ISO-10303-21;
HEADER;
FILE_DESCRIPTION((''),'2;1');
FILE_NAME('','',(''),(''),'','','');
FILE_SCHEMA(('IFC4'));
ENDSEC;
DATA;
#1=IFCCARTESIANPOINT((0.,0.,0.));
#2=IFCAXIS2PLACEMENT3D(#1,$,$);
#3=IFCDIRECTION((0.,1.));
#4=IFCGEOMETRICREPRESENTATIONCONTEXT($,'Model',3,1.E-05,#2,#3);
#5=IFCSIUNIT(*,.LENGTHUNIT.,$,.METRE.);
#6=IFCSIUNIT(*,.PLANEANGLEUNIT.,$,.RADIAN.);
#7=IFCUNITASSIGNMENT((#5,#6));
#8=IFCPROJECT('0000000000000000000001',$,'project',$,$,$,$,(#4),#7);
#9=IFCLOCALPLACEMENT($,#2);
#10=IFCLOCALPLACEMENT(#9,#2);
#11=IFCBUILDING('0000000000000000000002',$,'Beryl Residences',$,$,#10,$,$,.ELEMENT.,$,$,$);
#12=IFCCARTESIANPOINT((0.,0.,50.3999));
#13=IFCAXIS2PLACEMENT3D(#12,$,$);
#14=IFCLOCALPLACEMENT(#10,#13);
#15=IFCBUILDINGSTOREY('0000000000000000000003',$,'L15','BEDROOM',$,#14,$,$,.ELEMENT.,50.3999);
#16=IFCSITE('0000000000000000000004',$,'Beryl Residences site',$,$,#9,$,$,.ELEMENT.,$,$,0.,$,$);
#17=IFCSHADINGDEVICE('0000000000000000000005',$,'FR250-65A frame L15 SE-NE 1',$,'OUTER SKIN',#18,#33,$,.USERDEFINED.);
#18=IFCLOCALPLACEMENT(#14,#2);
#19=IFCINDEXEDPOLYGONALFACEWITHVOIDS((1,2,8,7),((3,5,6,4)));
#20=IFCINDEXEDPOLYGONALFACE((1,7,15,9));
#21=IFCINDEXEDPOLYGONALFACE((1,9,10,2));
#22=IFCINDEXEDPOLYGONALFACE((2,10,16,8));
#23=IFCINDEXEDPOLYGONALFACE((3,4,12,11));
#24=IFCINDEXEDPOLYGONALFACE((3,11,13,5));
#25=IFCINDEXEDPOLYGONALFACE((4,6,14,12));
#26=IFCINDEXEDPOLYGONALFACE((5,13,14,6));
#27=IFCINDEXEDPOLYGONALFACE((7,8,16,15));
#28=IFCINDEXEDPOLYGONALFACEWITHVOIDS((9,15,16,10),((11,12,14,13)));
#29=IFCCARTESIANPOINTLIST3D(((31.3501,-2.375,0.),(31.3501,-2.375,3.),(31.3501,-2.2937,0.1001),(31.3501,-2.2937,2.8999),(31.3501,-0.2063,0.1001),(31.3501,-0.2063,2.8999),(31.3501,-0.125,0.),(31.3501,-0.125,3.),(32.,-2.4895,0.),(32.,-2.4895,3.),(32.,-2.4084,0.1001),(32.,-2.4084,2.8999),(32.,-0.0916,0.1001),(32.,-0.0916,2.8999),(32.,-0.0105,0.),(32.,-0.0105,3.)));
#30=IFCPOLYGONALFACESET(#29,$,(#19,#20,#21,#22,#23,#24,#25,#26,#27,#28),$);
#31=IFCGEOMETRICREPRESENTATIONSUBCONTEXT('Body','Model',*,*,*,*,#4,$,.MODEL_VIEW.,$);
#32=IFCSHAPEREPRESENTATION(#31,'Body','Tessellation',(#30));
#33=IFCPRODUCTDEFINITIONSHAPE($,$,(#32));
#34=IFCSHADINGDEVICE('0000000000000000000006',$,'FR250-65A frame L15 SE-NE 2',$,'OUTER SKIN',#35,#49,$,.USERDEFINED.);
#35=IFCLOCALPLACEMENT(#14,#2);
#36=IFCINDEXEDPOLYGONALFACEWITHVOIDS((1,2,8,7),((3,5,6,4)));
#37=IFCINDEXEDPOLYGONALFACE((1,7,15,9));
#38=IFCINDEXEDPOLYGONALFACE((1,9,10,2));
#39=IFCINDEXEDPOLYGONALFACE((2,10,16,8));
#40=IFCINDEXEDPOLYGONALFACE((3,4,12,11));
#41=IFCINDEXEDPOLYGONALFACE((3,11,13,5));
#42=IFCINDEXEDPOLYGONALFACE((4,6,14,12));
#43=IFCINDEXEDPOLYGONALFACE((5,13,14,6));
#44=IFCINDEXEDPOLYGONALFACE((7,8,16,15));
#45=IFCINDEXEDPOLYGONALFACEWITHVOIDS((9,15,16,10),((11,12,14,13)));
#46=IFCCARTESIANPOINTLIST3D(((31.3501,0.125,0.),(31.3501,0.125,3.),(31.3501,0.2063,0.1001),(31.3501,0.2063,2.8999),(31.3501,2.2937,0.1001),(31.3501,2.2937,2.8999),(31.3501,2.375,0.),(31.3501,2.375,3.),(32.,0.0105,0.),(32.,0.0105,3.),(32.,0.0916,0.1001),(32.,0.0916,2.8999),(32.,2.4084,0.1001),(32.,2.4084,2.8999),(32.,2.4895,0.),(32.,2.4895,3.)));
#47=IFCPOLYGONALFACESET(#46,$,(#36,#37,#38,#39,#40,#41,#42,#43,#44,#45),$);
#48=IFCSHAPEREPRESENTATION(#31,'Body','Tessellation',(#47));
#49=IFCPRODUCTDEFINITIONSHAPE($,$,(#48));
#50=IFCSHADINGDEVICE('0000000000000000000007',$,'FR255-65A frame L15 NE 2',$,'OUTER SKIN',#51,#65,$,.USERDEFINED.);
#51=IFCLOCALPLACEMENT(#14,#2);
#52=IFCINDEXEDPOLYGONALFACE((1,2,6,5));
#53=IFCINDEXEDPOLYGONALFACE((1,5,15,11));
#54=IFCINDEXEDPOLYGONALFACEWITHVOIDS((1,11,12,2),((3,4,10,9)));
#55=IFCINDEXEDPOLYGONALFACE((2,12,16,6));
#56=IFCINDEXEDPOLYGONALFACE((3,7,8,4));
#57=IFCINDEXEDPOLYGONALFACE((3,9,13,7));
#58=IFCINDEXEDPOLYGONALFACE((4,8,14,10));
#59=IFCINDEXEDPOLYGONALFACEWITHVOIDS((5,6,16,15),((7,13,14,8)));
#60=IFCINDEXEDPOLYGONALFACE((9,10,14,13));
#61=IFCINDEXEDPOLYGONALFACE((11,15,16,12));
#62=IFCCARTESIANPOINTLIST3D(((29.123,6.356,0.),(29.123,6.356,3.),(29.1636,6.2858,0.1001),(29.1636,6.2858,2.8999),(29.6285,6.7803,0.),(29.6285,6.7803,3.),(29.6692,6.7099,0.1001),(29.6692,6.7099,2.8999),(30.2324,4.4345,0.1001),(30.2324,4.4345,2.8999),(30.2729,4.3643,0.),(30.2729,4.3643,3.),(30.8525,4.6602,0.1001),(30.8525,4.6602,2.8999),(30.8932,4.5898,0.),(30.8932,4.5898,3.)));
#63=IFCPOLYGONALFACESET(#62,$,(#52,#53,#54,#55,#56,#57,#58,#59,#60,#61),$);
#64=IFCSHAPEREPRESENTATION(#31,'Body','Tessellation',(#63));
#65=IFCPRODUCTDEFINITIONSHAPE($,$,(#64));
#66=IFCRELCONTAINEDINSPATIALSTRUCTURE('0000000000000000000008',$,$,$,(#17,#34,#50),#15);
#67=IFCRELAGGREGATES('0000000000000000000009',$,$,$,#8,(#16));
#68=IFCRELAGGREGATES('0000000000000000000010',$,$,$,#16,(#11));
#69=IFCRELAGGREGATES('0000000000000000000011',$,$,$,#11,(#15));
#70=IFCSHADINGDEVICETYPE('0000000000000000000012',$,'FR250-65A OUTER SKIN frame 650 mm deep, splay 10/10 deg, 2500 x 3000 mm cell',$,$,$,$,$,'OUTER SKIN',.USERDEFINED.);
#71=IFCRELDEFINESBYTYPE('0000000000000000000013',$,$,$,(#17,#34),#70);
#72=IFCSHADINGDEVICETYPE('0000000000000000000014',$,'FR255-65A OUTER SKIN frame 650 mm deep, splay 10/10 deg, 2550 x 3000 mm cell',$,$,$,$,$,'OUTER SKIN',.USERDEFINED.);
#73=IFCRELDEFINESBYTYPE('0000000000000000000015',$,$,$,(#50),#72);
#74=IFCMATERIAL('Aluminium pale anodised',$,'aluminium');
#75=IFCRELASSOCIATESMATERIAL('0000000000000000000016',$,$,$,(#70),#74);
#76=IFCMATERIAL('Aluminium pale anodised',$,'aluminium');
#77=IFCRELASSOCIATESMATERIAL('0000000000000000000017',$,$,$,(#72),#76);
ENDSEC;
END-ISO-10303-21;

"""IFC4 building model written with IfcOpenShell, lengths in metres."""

from ifc_helpers import new_model, entity, si_unit, direction, frame, origin, place, context, subcontext, project, spatial, source, transform, mapped, material, type_object, type_shapes, element, save


model = new_model("IFC4")

# Units and contexts
model_context = context("Model", 3, precision=1e-05, world=origin(), true_north=direction((0.0, 1.0)))
body_context = subcontext(model_context, "Body", "Model", "MODEL_VIEW")
ifc_project = project(units=[si_unit("LENGTHUNIT", "METRE"), si_unit("PLANEANGLEUNIT", "RADIAN")], contexts=[model_context])

# Site, building, storey
site_placement = place(None, origin())
site = spatial("IfcSite", under=ifc_project, at=site_placement, Name="Beryl Residences site", CompositionType="ELEMENT", RefElevation=0.0)
building_placement = place(site_placement, origin())
building = spatial("IfcBuilding", under=site, at=building_placement, Name="Beryl Residences", CompositionType="ELEMENT")
storey_placement = place(building_placement, frame((0.0, 0.0, 50.3999)))
storey = spatial("IfcBuildingStorey", under=building, at=storey_placement, Name="L15", Description="BEDROOM", CompositionType="ELEMENT", Elevation=50.3999)

# Shading devices
ifc_material_1 = material(Name="Aluminium pale anodised", Category="aluminium")
shading_device_type_1 = type_object("IfcShadingDeviceType", Name="FR250-65A OUTER SKIN frame 650 mm deep, splay 10/10 deg, 2500 x 3000 mm cell", ElementType="OUTER SKIN", PredefinedType="USERDEFINED", material=ifc_material_1)
cartesian_point_1 = entity("IfcCartesianPoint", [-1.125, 0.0])
cartesian_point_2 = entity("IfcCartesianPoint", [-1.0437, 0.1001])
cartesian_point_3 = entity("IfcCartesianPoint", [-1.2395, 0.0])
cartesian_point_4 = entity("IfcCartesianPoint", [-1.1584, 0.1001])
shared_shape_1 = source(origin(), body_context, "Body", "SweptSolid", [
    entity("IfcExtrudedAreaSolidTapered", entity("IfcArbitraryProfileDefWithVoids", "AREA", None, entity("IfcPolyline", [cartesian_point_1, entity("IfcCartesianPoint", [1.125, 0.0]), entity("IfcCartesianPoint", [1.125, 3.0]), entity("IfcCartesianPoint", [-1.125, 3.0]), cartesian_point_1]), [entity("IfcPolyline", [cartesian_point_2, entity("IfcCartesianPoint", [1.0437, 0.1001]), entity("IfcCartesianPoint", [1.0437, 2.8999]), entity("IfcCartesianPoint", [-1.0437, 2.8999]), cartesian_point_2])]), entity("IfcAxis2Placement3D", entity("IfcCartesianPoint", [0.0, 0.0, 0.0]), entity("IfcDirection", [0.0, 1.0, 0.0]), entity("IfcDirection", [-1.0, 0.0, 0.0])), entity("IfcDirection", [0.0, 0.0, 1.0]), 0.6499, entity("IfcArbitraryProfileDefWithVoids", "AREA", None, entity("IfcPolyline", [cartesian_point_3, entity("IfcCartesianPoint", [1.2395, 0.0]), entity("IfcCartesianPoint", [1.2395, 3.0]), entity("IfcCartesianPoint", [-1.2395, 3.0]), cartesian_point_3]), [entity("IfcPolyline", [cartesian_point_4, entity("IfcCartesianPoint", [1.1584, 0.1001]), entity("IfcCartesianPoint", [1.1584, 2.8999]), entity("IfcCartesianPoint", [-1.1584, 2.8999]), cartesian_point_4])])),
])
type_shapes(shading_device_type_1, [shared_shape_1])
for number, where, z_axis, x_axis, name in (
    (1, (31.3501, -1.25, 0.0), (0.0, 0.0, 1.0), (0.0, -1.0, 0.0), "FR250-65A frame L15 SE-NE 1"),
    (2, (31.3501, 1.25, 0.0), (0.0, 0.0, 1.0), (0.0, -1.0, 0.0), "FR250-65A frame L15 SE-NE 2"),
):
    element("IfcShadingDevice", number, at=place(storey_placement, frame(where, z_axis=z_axis, x_axis=x_axis)), inside=storey, type_object=shading_device_type_1, Name=name, ObjectType="OUTER SKIN", PredefinedType="USERDEFINED", context=body_context, shape_type="MappedRepresentation", body=[
        mapped(shared_shape_1, transform((0.0, 0.0, 0.0))),
    ])
ifc_material_2 = material(Name="Aluminium pale anodised", Category="aluminium")
shading_device_type_2 = type_object("IfcShadingDeviceType", Name="FR255-65A OUTER SKIN frame 650 mm deep, splay 10/10 deg, 2550 x 3000 mm cell", ElementType="OUTER SKIN", PredefinedType="USERDEFINED", material=ifc_material_2)
cartesian_point_5 = entity("IfcCartesianPoint", [-1.1499, 0.0])
cartesian_point_6 = entity("IfcCartesianPoint", [-1.0688, 0.1001])
cartesian_point_7 = entity("IfcCartesianPoint", [-1.2646, 0.0])
cartesian_point_8 = entity("IfcCartesianPoint", [-1.1833, 0.1001])
shared_shape_2 = source(origin(), body_context, "Body", "SweptSolid", [
    entity("IfcExtrudedAreaSolidTapered", entity("IfcArbitraryProfileDefWithVoids", "AREA", None, entity("IfcPolyline", [cartesian_point_5, entity("IfcCartesianPoint", [1.1499, 0.0]), entity("IfcCartesianPoint", [1.1499, 3.0]), entity("IfcCartesianPoint", [-1.1499, 3.0]), cartesian_point_5]), [entity("IfcPolyline", [cartesian_point_6, entity("IfcCartesianPoint", [1.0688, 0.1001]), entity("IfcCartesianPoint", [1.0688, 2.8999]), entity("IfcCartesianPoint", [-1.0688, 2.8999]), cartesian_point_6])]), entity("IfcAxis2Placement3D", entity("IfcCartesianPoint", [0.0, 0.0, 0.0]), entity("IfcDirection", [0.0, 1.0, 0.0]), entity("IfcDirection", [-1.0, 0.0, 0.0])), entity("IfcDirection", [0.0, 0.0, 1.0]), 0.6499, entity("IfcArbitraryProfileDefWithVoids", "AREA", None, entity("IfcPolyline", [cartesian_point_7, entity("IfcCartesianPoint", [1.2646, 0.0]), entity("IfcCartesianPoint", [1.2646, 3.0]), entity("IfcCartesianPoint", [-1.2646, 3.0]), cartesian_point_7]), [entity("IfcPolyline", [cartesian_point_8, entity("IfcCartesianPoint", [1.1833, 0.1001]), entity("IfcCartesianPoint", [1.1833, 2.8999]), entity("IfcCartesianPoint", [-1.1833, 2.8999]), cartesian_point_8])])),
])
type_shapes(shading_device_type_2, [shared_shape_2])
shading_device_placement = place(storey_placement, frame((29.698, 5.3601, 0.0), z_axis=(0.0, 0.0, 1.0), x_axis=(0.5, -0.866025, 0.0)))
element("IfcShadingDevice", 3, at=shading_device_placement, inside=storey, type_object=shading_device_type_2, Name="FR255-65A frame L15 NE 2", ObjectType="OUTER SKIN", PredefinedType="USERDEFINED", context=body_context, shape_type="MappedRepresentation", body=[
    mapped(shared_shape_2, transform((0.0, 0.0, 0.0))),
])

save(model, "model.ifc")
